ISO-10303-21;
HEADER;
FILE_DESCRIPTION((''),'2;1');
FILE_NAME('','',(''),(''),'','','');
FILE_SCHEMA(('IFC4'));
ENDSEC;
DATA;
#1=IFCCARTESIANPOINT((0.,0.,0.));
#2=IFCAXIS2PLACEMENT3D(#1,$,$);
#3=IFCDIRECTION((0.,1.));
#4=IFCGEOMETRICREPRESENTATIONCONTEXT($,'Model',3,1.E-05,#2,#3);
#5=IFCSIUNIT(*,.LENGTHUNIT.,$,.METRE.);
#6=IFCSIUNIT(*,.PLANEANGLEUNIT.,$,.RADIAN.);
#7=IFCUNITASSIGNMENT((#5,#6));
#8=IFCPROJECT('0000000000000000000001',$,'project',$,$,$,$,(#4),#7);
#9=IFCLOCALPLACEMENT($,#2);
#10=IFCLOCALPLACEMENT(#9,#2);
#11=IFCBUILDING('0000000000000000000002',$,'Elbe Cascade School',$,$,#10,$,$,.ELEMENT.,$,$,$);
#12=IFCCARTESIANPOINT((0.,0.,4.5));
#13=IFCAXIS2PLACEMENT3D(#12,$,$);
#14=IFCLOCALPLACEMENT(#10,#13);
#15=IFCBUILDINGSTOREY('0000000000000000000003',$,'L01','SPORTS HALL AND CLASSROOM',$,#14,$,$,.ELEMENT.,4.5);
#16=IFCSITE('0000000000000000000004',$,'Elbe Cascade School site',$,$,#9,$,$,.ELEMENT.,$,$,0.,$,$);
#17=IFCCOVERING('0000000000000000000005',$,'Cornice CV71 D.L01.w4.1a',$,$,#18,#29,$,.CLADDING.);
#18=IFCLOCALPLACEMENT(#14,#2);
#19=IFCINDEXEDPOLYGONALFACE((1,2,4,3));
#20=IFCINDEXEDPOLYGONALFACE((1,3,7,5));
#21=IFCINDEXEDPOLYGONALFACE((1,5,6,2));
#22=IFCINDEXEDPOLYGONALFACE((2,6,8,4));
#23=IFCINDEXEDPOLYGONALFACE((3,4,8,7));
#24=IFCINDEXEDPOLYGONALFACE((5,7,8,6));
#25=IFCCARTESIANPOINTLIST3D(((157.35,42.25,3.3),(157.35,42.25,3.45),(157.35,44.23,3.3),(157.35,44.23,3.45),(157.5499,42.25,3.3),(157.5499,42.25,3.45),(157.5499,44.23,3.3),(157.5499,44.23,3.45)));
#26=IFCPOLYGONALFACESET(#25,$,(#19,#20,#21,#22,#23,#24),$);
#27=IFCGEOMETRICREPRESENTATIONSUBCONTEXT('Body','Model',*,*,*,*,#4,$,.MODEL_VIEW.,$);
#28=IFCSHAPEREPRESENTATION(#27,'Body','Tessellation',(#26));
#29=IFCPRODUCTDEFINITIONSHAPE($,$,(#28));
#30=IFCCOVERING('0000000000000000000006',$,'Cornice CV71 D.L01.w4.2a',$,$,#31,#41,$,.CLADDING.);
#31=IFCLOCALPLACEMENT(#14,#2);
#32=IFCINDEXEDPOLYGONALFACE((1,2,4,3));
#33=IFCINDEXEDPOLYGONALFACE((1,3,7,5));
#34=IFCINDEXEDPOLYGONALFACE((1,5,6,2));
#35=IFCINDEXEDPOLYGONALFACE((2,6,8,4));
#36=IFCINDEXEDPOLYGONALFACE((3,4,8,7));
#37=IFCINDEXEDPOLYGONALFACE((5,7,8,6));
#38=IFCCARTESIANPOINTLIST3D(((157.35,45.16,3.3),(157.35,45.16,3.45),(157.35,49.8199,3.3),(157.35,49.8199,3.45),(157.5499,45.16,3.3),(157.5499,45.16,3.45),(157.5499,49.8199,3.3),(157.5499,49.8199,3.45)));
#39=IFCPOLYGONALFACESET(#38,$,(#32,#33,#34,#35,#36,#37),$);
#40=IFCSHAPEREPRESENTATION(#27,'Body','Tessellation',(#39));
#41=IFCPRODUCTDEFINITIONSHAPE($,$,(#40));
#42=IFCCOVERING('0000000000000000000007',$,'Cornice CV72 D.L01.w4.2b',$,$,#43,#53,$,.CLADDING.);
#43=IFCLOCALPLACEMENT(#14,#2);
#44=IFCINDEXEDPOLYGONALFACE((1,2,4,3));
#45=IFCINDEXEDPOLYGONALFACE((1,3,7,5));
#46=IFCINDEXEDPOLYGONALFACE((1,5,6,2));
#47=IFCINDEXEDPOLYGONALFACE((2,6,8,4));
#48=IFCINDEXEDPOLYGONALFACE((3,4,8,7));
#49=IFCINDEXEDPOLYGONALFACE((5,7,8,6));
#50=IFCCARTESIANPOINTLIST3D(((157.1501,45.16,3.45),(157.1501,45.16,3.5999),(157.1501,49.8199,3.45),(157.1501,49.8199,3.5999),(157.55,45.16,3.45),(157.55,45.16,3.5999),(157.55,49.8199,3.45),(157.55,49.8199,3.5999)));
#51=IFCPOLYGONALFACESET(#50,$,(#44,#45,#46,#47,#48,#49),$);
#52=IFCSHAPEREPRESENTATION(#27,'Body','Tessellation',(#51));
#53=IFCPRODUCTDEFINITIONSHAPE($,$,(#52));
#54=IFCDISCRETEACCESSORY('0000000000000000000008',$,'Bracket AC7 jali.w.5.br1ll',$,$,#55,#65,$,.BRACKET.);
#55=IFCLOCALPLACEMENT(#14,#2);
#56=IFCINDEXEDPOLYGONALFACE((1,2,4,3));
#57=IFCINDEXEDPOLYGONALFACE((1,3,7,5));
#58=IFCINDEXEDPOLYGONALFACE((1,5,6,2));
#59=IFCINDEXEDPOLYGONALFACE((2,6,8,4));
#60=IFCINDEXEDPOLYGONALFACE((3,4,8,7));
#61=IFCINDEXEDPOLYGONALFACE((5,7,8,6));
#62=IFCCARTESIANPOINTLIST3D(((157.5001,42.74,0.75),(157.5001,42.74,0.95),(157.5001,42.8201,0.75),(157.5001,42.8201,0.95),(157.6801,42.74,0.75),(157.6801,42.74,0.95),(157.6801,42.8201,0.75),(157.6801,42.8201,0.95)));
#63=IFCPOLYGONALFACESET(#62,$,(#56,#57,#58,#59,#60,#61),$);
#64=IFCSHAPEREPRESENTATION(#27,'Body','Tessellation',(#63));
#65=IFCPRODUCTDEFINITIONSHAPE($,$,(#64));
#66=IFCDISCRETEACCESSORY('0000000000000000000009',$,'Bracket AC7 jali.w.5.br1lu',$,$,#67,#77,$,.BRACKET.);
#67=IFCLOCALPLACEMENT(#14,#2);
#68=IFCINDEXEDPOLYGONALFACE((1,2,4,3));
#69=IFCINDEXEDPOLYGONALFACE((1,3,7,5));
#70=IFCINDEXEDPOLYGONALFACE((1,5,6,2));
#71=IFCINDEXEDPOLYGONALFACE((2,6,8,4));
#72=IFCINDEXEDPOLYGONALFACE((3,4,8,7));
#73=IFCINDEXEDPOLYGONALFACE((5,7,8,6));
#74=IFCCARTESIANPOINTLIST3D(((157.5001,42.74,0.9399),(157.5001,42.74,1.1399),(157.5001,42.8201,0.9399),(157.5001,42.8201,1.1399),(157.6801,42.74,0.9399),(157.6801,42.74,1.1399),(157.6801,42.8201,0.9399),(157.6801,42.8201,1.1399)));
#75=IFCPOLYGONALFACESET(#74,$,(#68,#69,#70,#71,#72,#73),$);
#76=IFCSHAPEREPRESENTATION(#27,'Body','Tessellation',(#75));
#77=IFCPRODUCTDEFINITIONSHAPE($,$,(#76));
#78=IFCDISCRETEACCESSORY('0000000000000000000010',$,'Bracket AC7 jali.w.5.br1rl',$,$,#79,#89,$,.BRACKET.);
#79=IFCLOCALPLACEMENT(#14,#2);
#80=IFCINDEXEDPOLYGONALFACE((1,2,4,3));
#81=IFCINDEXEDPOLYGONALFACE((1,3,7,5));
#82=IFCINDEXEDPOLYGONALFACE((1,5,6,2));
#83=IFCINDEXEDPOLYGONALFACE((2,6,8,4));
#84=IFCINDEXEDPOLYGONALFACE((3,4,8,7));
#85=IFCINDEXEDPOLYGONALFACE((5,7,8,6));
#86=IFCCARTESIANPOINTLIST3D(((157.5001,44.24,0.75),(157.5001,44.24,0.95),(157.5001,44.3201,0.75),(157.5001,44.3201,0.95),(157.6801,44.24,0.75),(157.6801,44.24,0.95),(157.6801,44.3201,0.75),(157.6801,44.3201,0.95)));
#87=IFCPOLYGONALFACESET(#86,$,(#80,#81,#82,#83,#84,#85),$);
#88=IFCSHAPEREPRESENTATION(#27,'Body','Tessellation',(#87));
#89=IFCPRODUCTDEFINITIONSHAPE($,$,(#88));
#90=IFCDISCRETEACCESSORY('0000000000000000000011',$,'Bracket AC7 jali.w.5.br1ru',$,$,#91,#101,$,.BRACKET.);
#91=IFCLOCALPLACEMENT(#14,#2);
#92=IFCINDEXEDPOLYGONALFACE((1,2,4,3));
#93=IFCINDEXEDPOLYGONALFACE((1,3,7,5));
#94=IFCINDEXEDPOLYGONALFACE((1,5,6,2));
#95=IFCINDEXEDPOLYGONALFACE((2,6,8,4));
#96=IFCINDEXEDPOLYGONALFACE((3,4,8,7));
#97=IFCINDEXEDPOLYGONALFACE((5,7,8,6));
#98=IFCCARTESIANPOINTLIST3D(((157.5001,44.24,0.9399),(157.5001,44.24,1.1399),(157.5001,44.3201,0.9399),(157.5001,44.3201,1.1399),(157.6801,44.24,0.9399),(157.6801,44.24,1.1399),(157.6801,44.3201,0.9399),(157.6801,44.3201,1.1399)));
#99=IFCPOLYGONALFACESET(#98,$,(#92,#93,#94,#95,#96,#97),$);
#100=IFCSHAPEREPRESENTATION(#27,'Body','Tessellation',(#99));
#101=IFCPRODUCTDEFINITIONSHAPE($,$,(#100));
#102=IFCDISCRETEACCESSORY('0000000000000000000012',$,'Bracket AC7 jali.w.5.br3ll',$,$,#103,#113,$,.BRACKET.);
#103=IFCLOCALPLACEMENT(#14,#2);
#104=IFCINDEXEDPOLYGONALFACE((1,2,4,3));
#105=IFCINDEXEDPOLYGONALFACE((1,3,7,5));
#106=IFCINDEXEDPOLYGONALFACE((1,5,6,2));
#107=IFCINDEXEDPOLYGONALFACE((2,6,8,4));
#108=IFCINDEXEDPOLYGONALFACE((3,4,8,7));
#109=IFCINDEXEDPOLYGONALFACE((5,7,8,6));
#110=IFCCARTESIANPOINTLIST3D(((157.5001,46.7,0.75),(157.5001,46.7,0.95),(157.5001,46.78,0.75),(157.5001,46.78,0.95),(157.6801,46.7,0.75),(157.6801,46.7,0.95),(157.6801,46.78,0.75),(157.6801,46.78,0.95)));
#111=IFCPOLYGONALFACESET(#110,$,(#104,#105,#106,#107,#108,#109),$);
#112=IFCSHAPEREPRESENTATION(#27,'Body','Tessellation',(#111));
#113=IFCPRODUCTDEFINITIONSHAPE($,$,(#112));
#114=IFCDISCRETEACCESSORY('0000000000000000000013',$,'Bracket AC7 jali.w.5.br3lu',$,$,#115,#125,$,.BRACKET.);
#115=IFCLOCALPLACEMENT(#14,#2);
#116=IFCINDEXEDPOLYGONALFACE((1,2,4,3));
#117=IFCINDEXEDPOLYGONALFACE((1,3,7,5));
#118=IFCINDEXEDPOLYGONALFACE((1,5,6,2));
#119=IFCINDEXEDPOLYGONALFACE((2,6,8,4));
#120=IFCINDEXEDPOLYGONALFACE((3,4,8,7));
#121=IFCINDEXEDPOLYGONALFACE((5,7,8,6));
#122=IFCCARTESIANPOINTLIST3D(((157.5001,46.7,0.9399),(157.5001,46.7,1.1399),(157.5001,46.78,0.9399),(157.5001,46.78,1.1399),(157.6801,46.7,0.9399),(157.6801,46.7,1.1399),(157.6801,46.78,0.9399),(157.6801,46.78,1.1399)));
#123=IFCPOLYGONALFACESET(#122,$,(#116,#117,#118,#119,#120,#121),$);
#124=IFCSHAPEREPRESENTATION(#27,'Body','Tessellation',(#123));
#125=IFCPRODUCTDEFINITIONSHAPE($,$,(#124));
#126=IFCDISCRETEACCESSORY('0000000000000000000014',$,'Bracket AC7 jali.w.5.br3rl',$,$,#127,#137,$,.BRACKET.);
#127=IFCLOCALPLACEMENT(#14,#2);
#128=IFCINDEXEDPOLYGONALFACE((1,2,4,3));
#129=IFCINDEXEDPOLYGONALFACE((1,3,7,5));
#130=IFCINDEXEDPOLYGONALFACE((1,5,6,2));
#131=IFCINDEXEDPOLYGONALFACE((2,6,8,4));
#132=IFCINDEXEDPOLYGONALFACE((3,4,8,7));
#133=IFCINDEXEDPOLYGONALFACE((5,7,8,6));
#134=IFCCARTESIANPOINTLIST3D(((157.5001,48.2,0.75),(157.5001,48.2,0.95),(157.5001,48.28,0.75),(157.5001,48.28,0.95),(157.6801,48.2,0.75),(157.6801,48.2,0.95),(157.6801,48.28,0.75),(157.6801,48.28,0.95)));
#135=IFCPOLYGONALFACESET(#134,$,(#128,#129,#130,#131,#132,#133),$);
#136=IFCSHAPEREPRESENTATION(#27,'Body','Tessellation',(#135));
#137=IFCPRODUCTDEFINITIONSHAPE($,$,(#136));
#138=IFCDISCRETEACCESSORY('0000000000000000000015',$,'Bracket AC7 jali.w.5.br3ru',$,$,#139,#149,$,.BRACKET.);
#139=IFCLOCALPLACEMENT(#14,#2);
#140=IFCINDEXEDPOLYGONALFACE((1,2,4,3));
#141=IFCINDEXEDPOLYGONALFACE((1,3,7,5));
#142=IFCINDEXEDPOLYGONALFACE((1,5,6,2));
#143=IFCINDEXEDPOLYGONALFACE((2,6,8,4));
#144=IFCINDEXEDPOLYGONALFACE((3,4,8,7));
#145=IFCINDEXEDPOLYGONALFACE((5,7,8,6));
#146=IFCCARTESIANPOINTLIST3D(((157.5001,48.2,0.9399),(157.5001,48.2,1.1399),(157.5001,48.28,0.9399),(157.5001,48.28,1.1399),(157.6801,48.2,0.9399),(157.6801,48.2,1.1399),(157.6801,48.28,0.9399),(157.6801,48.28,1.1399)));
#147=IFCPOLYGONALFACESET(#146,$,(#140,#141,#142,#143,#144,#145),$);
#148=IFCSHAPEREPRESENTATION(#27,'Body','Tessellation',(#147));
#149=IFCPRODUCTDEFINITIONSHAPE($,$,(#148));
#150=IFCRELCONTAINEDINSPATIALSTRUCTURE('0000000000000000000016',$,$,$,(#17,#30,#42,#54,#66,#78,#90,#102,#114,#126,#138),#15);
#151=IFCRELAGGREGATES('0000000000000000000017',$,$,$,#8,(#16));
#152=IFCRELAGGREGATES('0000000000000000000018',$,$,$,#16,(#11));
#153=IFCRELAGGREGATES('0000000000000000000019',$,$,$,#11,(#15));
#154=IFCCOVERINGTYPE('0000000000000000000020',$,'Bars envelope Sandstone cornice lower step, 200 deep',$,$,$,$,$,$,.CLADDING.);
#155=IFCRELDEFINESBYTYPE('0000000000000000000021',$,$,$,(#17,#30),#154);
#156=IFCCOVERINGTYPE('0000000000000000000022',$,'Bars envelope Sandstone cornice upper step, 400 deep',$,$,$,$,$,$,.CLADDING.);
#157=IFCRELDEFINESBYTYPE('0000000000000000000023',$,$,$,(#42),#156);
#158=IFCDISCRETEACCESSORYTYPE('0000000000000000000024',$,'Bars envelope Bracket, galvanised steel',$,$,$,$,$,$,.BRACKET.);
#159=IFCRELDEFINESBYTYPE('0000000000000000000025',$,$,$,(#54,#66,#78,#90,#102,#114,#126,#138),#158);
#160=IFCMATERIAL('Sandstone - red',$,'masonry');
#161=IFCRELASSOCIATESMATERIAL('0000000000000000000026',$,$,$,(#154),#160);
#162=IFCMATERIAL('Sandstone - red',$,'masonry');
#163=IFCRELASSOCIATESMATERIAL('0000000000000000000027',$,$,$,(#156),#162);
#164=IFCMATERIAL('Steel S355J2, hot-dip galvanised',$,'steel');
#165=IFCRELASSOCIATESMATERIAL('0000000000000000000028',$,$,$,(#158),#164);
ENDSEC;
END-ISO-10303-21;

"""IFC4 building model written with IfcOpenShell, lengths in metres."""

from ifc_helpers import new_model, si_unit, direction, frame, origin, origin_2d, place, context, subcontext, project, spatial, rectangle, extrude, material, type_object, element, save


model = new_model("IFC4")

# Units and contexts
model_context = context("Model", 3, precision=1e-05, world=origin(), true_north=direction((0.0, 1.0)))
body_context = subcontext(model_context, "Body", "Model", "MODEL_VIEW")
ifc_project = project(units=[si_unit("LENGTHUNIT", "METRE"), si_unit("PLANEANGLEUNIT", "RADIAN")], contexts=[model_context])

# Site, building, storey
site_placement = place(None, origin())
site = spatial("IfcSite", under=ifc_project, at=site_placement, Name="Elbe Cascade School site", CompositionType="ELEMENT", RefElevation=0.0)
building_placement = place(site_placement, origin())
building = spatial("IfcBuilding", under=site, at=building_placement, Name="Elbe Cascade School", CompositionType="ELEMENT")
storey_placement = place(building_placement, frame((0.0, 0.0, 4.5)))
storey = spatial("IfcBuildingStorey", under=building, at=storey_placement, Name="L01", Description="SPORTS HALL AND CLASSROOM", CompositionType="ELEMENT", Elevation=4.5)

# Coverings
ifc_material_1 = material(Name="Sandstone - red", Category="masonry")
covering_type_1 = type_object("IfcCoveringType", Name="Bars envelope Sandstone cornice lower step, 200 deep", PredefinedType="CLADDING", material=ifc_material_1)
covering_1_placement = place(storey_placement, frame((157.45, 43.24, 3.3), z_axis=(0.0, 0.0, 1.0), x_axis=(0.0, 1.0, 0.0)))
element("IfcCovering", 1, at=covering_1_placement, inside=storey, type_object=covering_type_1, Name="Cornice CV71 D.L01.w4.1a", PredefinedType="CLADDING", context=body_context, shape_type="SweptSolid", body=[
    extrude(rectangle(XDim=1.98, YDim=0.2, at=origin_2d()), origin(), (0.0, 0.0, 1.0), 0.1499),
])
covering_2_placement = place(storey_placement, frame((157.45, 47.49, 3.3), z_axis=(0.0, 0.0, 1.0), x_axis=(0.0, 1.0, 0.0)))
element("IfcCovering", 2, at=covering_2_placement, inside=storey, type_object=covering_type_1, Name="Cornice CV71 D.L01.w4.2a", PredefinedType="CLADDING", context=body_context, shape_type="SweptSolid", body=[
    extrude(rectangle(XDim=4.6599, YDim=0.2, at=origin_2d()), origin(), (0.0, 0.0, 1.0), 0.1499),
])
ifc_material_2 = material(Name="Sandstone - red", Category="masonry")
covering_type_2 = type_object("IfcCoveringType", Name="Bars envelope Sandstone cornice upper step, 400 deep", PredefinedType="CLADDING", material=ifc_material_2)
covering_3_placement = place(storey_placement, frame((157.3501, 47.49, 3.45), z_axis=(0.0, 0.0, 1.0), x_axis=(0.0, 1.0, 0.0)))
element("IfcCovering", 3, at=covering_3_placement, inside=storey, type_object=covering_type_2, Name="Cornice CV72 D.L01.w4.2b", PredefinedType="CLADDING", context=body_context, shape_type="SweptSolid", body=[
    extrude(rectangle(XDim=4.6599, YDim=0.3999, at=origin_2d()), origin(), (0.0, 0.0, 1.0), 0.1499),
])

# Discrete accessories
ifc_material_3 = material(Name="Steel S355J2, hot-dip galvanised", Category="steel")
discrete_accessory_type = type_object("IfcDiscreteAccessoryType", Name="Bars envelope Bracket, galvanised steel", PredefinedType="BRACKET", material=ifc_material_3)
for number, where, z_axis, x_axis, name in (
    (4, (157.5901, 42.78, 0.75), (0.0, 0.0, 1.0), (0.0, 1.0, 0.0), "Bracket AC7 jali.w.5.br1ll"),
    (5, (157.5901, 42.78, 0.9399), (0.0, 0.0, 1.0), (0.0, 1.0, 0.0), "Bracket AC7 jali.w.5.br1lu"),
    (6, (157.5901, 44.28, 0.75), (0.0, 0.0, 1.0), (0.0, 1.0, 0.0), "Bracket AC7 jali.w.5.br1rl"),
    (7, (157.5901, 44.28, 0.9399), (0.0, 0.0, 1.0), (0.0, 1.0, 0.0), "Bracket AC7 jali.w.5.br1ru"),
    (8, (157.5901, 46.74, 0.75), (0.0, 0.0, 1.0), (0.0, 1.0, 0.0), "Bracket AC7 jali.w.5.br3ll"),
    (9, (157.5901, 46.74, 0.9399), (0.0, 0.0, 1.0), (0.0, 1.0, 0.0), "Bracket AC7 jali.w.5.br3lu"),
    (10, (157.5901, 48.24, 0.75), (0.0, 0.0, 1.0), (0.0, 1.0, 0.0), "Bracket AC7 jali.w.5.br3rl"),
    (11, (157.5901, 48.24, 0.9399), (0.0, 0.0, 1.0), (0.0, 1.0, 0.0), "Bracket AC7 jali.w.5.br3ru"),
):
    element("IfcDiscreteAccessory", number, at=place(storey_placement, frame(where, z_axis=z_axis, x_axis=x_axis)), inside=storey, type_object=discrete_accessory_type, Name=name, PredefinedType="BRACKET", context=body_context, shape_type="SweptSolid", body=[
        extrude(rectangle(XDim=0.0801, YDim=0.1799, at=origin_2d()), origin(), (0.0, 0.0, 1.0), 0.2),
    ])

save(model, "model.ifc")
